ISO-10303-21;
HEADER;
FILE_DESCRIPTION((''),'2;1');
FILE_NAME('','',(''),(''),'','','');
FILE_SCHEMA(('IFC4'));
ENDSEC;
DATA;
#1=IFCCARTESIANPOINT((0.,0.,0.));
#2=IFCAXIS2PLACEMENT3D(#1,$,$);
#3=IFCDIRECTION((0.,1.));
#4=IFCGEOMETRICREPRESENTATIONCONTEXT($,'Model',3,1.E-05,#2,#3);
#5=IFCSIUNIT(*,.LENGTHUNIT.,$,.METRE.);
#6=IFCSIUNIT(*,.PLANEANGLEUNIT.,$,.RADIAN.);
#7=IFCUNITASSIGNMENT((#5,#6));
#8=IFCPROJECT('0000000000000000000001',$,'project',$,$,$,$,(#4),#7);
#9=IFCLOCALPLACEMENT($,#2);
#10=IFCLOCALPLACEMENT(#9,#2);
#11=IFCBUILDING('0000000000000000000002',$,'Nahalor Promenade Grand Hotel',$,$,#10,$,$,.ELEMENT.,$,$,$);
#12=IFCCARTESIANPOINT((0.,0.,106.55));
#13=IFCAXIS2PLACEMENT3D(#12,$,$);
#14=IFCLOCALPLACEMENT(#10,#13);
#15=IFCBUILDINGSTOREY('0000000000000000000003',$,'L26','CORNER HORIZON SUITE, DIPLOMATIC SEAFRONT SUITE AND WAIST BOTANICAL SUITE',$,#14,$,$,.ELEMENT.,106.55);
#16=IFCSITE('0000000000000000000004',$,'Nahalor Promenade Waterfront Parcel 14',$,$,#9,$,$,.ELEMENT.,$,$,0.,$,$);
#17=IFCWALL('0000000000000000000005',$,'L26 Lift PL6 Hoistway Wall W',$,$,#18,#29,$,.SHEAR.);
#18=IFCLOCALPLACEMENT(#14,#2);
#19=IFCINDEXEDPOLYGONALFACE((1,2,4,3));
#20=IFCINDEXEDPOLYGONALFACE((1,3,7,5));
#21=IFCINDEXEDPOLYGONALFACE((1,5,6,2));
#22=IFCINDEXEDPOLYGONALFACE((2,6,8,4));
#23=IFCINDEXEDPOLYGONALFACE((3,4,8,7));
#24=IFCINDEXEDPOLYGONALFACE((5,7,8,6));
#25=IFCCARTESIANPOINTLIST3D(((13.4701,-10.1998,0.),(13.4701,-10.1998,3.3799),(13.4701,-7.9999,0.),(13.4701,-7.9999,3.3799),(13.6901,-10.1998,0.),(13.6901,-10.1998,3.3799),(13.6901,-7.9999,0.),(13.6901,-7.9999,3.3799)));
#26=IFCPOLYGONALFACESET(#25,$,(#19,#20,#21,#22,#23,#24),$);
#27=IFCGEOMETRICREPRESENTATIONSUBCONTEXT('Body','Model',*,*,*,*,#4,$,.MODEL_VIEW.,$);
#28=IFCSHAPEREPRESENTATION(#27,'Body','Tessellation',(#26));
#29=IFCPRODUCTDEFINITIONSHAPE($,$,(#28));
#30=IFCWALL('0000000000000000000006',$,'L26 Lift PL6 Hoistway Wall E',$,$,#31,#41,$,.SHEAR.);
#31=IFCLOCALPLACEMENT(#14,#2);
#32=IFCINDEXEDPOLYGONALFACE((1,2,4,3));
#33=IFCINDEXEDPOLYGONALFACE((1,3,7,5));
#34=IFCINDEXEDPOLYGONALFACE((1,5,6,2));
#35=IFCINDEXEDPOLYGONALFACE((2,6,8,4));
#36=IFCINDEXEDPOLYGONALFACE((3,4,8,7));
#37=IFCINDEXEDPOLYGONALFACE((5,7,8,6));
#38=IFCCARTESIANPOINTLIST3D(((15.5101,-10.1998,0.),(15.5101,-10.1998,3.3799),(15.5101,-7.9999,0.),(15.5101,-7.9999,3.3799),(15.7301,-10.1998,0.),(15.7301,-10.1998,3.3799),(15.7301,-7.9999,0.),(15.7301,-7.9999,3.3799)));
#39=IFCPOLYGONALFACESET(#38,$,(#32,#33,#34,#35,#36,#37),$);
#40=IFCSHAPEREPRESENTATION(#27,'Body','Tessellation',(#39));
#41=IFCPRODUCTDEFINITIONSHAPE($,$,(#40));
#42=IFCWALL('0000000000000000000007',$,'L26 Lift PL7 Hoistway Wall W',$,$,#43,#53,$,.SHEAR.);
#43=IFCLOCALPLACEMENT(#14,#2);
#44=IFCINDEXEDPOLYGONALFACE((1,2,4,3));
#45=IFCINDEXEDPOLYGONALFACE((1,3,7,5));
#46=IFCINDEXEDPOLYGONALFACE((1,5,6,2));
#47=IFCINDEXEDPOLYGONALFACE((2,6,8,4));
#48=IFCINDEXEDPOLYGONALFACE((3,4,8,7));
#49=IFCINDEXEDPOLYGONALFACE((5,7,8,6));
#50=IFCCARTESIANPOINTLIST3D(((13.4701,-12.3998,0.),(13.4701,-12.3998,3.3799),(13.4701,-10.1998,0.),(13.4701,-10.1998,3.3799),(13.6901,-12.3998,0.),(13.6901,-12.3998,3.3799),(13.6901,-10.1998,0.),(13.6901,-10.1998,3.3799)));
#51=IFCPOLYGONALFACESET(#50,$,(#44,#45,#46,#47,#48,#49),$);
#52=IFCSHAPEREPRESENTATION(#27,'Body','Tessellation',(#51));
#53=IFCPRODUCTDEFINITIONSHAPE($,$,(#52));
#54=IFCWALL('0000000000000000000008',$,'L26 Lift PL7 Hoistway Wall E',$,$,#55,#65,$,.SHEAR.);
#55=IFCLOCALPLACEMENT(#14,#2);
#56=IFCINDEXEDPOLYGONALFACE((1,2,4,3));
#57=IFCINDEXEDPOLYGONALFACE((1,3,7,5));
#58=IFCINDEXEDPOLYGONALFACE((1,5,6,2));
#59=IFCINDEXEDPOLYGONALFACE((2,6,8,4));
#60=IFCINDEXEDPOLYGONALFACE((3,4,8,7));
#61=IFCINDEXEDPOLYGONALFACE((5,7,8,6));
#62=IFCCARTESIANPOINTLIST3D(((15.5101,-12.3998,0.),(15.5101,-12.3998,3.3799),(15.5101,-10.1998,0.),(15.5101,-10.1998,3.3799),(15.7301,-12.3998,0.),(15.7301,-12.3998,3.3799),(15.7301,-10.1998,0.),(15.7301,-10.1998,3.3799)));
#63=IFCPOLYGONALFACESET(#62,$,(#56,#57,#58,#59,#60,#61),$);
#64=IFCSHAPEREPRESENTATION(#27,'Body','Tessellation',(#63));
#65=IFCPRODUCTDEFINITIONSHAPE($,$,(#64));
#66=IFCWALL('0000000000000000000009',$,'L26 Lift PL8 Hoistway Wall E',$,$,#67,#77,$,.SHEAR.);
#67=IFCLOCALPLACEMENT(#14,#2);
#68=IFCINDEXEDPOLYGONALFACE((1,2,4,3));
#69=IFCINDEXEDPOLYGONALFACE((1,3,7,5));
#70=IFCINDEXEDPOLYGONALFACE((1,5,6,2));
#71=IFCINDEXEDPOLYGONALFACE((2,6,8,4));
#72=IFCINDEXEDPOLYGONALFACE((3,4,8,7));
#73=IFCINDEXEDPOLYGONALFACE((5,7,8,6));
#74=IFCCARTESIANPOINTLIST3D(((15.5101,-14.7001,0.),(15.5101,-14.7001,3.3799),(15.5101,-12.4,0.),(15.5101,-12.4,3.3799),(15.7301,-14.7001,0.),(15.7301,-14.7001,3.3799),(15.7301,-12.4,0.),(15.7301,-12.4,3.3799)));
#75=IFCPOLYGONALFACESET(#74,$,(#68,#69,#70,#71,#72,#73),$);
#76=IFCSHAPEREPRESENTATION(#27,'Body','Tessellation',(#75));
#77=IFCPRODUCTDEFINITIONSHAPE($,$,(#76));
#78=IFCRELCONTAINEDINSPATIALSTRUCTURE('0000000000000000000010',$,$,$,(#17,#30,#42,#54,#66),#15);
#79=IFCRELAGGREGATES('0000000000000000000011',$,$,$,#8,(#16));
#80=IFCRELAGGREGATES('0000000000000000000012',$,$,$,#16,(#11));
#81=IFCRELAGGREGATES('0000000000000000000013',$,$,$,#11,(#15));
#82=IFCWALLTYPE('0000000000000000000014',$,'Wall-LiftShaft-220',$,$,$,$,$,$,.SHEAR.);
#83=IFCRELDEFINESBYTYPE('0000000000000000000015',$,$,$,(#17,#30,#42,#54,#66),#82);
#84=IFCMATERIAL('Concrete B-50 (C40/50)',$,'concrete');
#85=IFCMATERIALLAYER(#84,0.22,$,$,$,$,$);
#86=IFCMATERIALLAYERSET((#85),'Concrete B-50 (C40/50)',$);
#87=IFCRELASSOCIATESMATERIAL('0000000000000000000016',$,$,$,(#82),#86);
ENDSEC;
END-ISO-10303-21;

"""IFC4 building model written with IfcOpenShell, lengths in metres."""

from ifc_helpers import new_model, si_unit, direction, frame, frame_2d, origin, place, context, subcontext, project, spatial, rectangle, extrude, source, transform, mapped, material, layer, layer_set, type_object, element, save


model = new_model("IFC4")

# Units and contexts
model_context = context("Model", 3, precision=1e-05, world=origin(), true_north=direction((0.0, 1.0)))
body_context = subcontext(model_context, "Body", "Model", "MODEL_VIEW")
ifc_project = project(units=[si_unit("LENGTHUNIT", "METRE"), si_unit("PLANEANGLEUNIT", "RADIAN")], contexts=[model_context])

# Site, building, storey
site_placement = place(None, origin())
site = spatial("IfcSite", under=ifc_project, at=site_placement, Name="Nahalor Promenade Waterfront Parcel 14", CompositionType="ELEMENT", RefElevation=0.0)
building_placement = place(site_placement, origin())
building = spatial("IfcBuilding", under=site, at=building_placement, Name="Nahalor Promenade Grand Hotel", CompositionType="ELEMENT")
storey_placement = place(building_placement, frame((0.0, 0.0, 106.55)))
storey = spatial("IfcBuildingStorey", under=building, at=storey_placement, Name="L26", Description="CORNER HORIZON SUITE, DIPLOMATIC SEAFRONT SUITE AND WAIST BOTANICAL SUITE", CompositionType="ELEMENT", Elevation=106.55)

# Walls
ifc_material_1 = material(Name="Concrete B-50 (C40/50)", Category="concrete")
ifc_layer_1 = layer(ifc_material_1, 0.22)
ifc_layer_set_1 = layer_set([ifc_layer_1], Name="Concrete B-50 (C40/50)")
wall_type_1 = type_object("IfcWallType", Name="Wall-LiftShaft-220", PredefinedType="SHEAR", material=ifc_layer_set_1)
shared_shape_1 = source(origin(), body_context, "Body", "SweptSolid", [
    extrude(rectangle(XDim=2.2, YDim=0.22, at=frame_2d((1.1001, 0.0))), origin(), (0.0, 0.0, 1.0), 3.3799),
])
for number, where, z_axis, x_axis, name in (
    (1, (13.5801, -10.2, 0.0), (0.0, 0.0, 1.0), (0.0, 1.0, 0.0), "L26 Lift PL6 Hoistway Wall W"),
    (2, (15.6201, -10.2, 0.0), (0.0, 0.0, 1.0), (0.0, 1.0, 0.0), "L26 Lift PL6 Hoistway Wall E"),
    (3, (13.5801, -12.3999, 0.0), (0.0, 0.0, 1.0), (0.0, 1.0, 0.0), "L26 Lift PL7 Hoistway Wall W"),
    (4, (15.6201, -12.3999, 0.0), (0.0, 0.0, 1.0), (0.0, 1.0, 0.0), "L26 Lift PL7 Hoistway Wall E"),
):
    element("IfcWall", number, at=place(storey_placement, frame(where, z_axis=z_axis, x_axis=x_axis)), inside=storey, type_object=wall_type_1, Name=name, PredefinedType="SHEAR", context=body_context, shape_type="MappedRepresentation", body=[
        mapped(shared_shape_1, transform((0.0, 0.0, 0.0), scale=1.0)),
    ])
shared_shape_2 = source(origin(), body_context, "Body", "SweptSolid", [
    extrude(rectangle(XDim=2.3, YDim=0.22, at=frame_2d((1.1499, 0.0))), origin(), (0.0, 0.0, 1.0), 3.3799),
])
wall_1_placement = place(storey_placement, frame((15.6201, -14.7, 0.0), z_axis=(0.0, 0.0, 1.0), x_axis=(0.0, 1.0, 0.0)))
element("IfcWall", 5, at=wall_1_placement, inside=storey, type_object=wall_type_1, Name="L26 Lift PL8 Hoistway Wall E", PredefinedType="SHEAR", context=body_context, shape_type="MappedRepresentation", body=[
    mapped(shared_shape_2, transform((0.0, 0.0, 0.0), scale=1.0)),
])

save(model, "model.ifc")
